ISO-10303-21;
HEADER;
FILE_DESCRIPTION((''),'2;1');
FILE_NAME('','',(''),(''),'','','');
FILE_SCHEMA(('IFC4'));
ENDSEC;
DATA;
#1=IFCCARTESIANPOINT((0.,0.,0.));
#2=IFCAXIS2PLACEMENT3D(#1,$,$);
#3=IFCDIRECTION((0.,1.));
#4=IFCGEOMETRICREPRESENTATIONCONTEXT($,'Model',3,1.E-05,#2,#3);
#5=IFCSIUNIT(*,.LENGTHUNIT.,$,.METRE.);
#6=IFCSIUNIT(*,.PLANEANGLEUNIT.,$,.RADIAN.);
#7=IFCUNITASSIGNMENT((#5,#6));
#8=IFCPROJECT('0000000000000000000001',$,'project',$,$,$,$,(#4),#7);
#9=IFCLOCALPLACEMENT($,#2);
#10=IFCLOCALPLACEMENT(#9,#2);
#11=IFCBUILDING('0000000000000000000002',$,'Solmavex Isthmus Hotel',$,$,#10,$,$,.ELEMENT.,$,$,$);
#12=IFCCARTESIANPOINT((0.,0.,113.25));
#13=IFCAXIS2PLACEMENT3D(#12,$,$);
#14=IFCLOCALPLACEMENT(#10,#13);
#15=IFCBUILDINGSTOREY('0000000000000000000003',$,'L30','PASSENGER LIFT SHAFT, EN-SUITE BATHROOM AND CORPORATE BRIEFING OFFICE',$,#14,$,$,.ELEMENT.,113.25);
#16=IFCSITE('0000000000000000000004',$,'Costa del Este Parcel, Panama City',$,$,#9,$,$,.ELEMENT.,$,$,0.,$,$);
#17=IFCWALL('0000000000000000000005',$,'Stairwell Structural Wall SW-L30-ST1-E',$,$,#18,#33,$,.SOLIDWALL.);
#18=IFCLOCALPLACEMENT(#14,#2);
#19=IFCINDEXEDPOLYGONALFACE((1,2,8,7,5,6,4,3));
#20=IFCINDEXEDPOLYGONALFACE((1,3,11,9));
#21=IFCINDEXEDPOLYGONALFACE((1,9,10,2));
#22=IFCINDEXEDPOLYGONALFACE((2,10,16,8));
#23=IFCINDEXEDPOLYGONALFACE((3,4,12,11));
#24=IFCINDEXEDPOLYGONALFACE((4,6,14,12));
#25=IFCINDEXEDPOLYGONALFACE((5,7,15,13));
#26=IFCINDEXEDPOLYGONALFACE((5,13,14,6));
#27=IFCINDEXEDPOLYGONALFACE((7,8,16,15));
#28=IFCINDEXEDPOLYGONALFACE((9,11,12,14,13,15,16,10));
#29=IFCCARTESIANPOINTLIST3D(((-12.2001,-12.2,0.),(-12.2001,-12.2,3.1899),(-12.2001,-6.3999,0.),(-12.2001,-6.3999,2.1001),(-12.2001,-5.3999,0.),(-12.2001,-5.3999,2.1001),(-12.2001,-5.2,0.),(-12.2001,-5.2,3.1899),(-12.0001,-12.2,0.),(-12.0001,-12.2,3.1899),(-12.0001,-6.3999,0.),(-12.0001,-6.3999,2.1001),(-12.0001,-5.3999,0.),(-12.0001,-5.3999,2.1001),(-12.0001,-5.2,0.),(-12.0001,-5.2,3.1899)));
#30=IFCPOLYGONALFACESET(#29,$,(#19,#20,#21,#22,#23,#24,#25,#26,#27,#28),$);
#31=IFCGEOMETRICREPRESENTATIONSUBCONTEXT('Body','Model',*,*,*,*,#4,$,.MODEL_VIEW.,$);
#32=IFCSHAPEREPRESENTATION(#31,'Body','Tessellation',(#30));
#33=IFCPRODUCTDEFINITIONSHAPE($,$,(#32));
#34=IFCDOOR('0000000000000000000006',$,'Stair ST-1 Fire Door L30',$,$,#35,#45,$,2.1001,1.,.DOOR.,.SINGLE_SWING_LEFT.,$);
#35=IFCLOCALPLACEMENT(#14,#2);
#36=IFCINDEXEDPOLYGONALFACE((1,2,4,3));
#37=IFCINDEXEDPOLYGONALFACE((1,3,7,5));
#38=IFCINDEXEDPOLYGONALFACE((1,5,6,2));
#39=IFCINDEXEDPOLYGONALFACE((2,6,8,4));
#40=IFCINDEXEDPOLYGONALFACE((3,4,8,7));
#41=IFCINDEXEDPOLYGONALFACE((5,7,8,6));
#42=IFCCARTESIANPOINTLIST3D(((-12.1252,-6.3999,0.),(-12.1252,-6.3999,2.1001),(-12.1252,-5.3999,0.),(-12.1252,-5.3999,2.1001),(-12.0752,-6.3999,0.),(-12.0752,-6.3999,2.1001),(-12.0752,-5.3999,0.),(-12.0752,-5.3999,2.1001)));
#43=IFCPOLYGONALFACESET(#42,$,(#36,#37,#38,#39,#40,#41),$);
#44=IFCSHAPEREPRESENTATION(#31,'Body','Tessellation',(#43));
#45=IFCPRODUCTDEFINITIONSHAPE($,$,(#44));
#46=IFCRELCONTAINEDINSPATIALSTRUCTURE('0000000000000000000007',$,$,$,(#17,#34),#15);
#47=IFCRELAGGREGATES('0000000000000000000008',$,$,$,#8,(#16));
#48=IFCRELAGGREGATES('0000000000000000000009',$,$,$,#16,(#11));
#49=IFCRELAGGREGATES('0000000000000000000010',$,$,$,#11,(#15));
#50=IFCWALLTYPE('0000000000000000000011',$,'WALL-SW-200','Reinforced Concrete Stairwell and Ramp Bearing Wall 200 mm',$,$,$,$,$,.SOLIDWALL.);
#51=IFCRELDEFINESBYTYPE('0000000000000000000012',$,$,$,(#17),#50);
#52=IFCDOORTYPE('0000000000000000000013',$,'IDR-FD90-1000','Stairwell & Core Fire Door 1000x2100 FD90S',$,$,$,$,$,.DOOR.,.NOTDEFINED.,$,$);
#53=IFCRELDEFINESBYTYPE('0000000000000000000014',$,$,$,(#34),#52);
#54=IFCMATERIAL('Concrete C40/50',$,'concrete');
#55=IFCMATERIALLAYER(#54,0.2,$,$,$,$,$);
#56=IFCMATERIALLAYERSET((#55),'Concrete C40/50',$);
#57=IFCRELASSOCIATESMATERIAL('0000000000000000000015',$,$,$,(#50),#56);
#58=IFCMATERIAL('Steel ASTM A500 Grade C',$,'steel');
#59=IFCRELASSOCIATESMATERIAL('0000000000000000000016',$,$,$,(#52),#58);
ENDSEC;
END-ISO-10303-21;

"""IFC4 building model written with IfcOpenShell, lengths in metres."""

from ifc_helpers import new_model, si_unit, direction, frame, frame_2d, origin, place, context, subcontext, project, spatial, rectangle, extrude, material, layer, layer_set, type_object, element, fill, save


model = new_model("IFC4")

# Units and contexts
model_context = context("Model", 3, precision=1e-05, world=origin(), true_north=direction((0.0, 1.0)))
body_context = subcontext(model_context, "Body", "Model", "MODEL_VIEW")
ifc_project = project(units=[si_unit("LENGTHUNIT", "METRE"), si_unit("PLANEANGLEUNIT", "RADIAN")], contexts=[model_context])

# Site, building, storey
site_placement = place(None, origin())
site = spatial("IfcSite", under=ifc_project, at=site_placement, Name="Costa del Este Parcel, Panama City", CompositionType="ELEMENT", RefElevation=0.0)
building_placement = place(site_placement, origin())
building = spatial("IfcBuilding", under=site, at=building_placement, Name="Solmavex Isthmus Hotel", CompositionType="ELEMENT")
storey_placement = place(building_placement, frame((0.0, 0.0, 113.25)))
storey = spatial("IfcBuildingStorey", under=building, at=storey_placement, Name="L30", Description="PASSENGER LIFT SHAFT, EN-SUITE BATHROOM AND CORPORATE BRIEFING OFFICE", CompositionType="ELEMENT", Elevation=113.25)

# Shared definitions
ifc_material_1 = material(Name="Concrete C40/50", Category="concrete")
ifc_layer_1 = layer(ifc_material_1, 0.2)
ifc_layer_set_1 = layer_set([ifc_layer_1], Name="Concrete C40/50")
wall_type_1 = type_object("IfcWallType", Name="WALL-SW-200", Description="Reinforced Concrete Stairwell and Ramp Bearing Wall 200 mm", PredefinedType="SOLIDWALL", material=ifc_layer_set_1)

# Wall, opening, door
wall_1_placement = place(storey_placement, frame((-12.1001, -12.2, 0.0), z_axis=(0.0, 0.0, 1.0), x_axis=(0.0, 1.0, 0.0)))
wall_1 = element("IfcWall", 1, at=wall_1_placement, inside=storey, type_object=wall_type_1, Name="Stairwell Structural Wall SW-L30-ST1-E", PredefinedType="SOLIDWALL", context=body_context, shape_type="SweptSolid", body=[
    extrude(rectangle(XDim=7.0, YDim=0.2, at=frame_2d((3.5, 0.0))), origin(), (0.0, 0.0, 1.0), 3.1899),
])
opening_1_placement = place(wall_1_placement, frame((5.8, 0.0, 0.0)))
opening_1 = element("IfcOpeningElement", 2, at=opening_1_placement, cuts=wall_1, PredefinedType="OPENING", context=body_context, shape_type="SweptSolid", body=[
    extrude(rectangle(XDim=1.0, YDim=2.1001, at=frame_2d((0.5, 1.05))), frame((0.0, 0.1099, 0.0), z_axis=(0.0, -1.0, 0.0), x_axis=(1.0, 0.0, 0.0)), (0.0, 0.0, 1.0), 0.22),
])
ifc_material_2 = material(Name="Steel ASTM A500 Grade C", Category="steel")
door_type = type_object("IfcDoorType", Name="IDR-FD90-1000", Description="Stairwell & Core Fire Door 1000x2100 FD90S", OperationType="NOTDEFINED", PredefinedType="DOOR", material=ifc_material_2)
door_placement = place(opening_1_placement, frame((1.0, 0.0, 0.0), z_axis=(0.0, 0.0, 1.0), x_axis=(-1.0, 0.0, 0.0)))
door = element("IfcDoor", 3, at=door_placement, inside=storey, type_object=door_type, Name="Stair ST-1 Fire Door L30", OperationType="SINGLE_SWING_LEFT", OverallHeight=2.1001, OverallWidth=1.0, PredefinedType="DOOR", context=body_context, shape_type="SweptSolid", body=[
    extrude(rectangle(XDim=1.0, YDim=2.1001, at=frame_2d((0.5, 1.05))), frame((0.0, 0.0249, 0.0), z_axis=(0.0, -1.0, 0.0), x_axis=(1.0, 0.0, 0.0)), (0.0, 0.0, 1.0), 0.05),
])
fill(opening_1, door)

save(model, "model.ifc")
